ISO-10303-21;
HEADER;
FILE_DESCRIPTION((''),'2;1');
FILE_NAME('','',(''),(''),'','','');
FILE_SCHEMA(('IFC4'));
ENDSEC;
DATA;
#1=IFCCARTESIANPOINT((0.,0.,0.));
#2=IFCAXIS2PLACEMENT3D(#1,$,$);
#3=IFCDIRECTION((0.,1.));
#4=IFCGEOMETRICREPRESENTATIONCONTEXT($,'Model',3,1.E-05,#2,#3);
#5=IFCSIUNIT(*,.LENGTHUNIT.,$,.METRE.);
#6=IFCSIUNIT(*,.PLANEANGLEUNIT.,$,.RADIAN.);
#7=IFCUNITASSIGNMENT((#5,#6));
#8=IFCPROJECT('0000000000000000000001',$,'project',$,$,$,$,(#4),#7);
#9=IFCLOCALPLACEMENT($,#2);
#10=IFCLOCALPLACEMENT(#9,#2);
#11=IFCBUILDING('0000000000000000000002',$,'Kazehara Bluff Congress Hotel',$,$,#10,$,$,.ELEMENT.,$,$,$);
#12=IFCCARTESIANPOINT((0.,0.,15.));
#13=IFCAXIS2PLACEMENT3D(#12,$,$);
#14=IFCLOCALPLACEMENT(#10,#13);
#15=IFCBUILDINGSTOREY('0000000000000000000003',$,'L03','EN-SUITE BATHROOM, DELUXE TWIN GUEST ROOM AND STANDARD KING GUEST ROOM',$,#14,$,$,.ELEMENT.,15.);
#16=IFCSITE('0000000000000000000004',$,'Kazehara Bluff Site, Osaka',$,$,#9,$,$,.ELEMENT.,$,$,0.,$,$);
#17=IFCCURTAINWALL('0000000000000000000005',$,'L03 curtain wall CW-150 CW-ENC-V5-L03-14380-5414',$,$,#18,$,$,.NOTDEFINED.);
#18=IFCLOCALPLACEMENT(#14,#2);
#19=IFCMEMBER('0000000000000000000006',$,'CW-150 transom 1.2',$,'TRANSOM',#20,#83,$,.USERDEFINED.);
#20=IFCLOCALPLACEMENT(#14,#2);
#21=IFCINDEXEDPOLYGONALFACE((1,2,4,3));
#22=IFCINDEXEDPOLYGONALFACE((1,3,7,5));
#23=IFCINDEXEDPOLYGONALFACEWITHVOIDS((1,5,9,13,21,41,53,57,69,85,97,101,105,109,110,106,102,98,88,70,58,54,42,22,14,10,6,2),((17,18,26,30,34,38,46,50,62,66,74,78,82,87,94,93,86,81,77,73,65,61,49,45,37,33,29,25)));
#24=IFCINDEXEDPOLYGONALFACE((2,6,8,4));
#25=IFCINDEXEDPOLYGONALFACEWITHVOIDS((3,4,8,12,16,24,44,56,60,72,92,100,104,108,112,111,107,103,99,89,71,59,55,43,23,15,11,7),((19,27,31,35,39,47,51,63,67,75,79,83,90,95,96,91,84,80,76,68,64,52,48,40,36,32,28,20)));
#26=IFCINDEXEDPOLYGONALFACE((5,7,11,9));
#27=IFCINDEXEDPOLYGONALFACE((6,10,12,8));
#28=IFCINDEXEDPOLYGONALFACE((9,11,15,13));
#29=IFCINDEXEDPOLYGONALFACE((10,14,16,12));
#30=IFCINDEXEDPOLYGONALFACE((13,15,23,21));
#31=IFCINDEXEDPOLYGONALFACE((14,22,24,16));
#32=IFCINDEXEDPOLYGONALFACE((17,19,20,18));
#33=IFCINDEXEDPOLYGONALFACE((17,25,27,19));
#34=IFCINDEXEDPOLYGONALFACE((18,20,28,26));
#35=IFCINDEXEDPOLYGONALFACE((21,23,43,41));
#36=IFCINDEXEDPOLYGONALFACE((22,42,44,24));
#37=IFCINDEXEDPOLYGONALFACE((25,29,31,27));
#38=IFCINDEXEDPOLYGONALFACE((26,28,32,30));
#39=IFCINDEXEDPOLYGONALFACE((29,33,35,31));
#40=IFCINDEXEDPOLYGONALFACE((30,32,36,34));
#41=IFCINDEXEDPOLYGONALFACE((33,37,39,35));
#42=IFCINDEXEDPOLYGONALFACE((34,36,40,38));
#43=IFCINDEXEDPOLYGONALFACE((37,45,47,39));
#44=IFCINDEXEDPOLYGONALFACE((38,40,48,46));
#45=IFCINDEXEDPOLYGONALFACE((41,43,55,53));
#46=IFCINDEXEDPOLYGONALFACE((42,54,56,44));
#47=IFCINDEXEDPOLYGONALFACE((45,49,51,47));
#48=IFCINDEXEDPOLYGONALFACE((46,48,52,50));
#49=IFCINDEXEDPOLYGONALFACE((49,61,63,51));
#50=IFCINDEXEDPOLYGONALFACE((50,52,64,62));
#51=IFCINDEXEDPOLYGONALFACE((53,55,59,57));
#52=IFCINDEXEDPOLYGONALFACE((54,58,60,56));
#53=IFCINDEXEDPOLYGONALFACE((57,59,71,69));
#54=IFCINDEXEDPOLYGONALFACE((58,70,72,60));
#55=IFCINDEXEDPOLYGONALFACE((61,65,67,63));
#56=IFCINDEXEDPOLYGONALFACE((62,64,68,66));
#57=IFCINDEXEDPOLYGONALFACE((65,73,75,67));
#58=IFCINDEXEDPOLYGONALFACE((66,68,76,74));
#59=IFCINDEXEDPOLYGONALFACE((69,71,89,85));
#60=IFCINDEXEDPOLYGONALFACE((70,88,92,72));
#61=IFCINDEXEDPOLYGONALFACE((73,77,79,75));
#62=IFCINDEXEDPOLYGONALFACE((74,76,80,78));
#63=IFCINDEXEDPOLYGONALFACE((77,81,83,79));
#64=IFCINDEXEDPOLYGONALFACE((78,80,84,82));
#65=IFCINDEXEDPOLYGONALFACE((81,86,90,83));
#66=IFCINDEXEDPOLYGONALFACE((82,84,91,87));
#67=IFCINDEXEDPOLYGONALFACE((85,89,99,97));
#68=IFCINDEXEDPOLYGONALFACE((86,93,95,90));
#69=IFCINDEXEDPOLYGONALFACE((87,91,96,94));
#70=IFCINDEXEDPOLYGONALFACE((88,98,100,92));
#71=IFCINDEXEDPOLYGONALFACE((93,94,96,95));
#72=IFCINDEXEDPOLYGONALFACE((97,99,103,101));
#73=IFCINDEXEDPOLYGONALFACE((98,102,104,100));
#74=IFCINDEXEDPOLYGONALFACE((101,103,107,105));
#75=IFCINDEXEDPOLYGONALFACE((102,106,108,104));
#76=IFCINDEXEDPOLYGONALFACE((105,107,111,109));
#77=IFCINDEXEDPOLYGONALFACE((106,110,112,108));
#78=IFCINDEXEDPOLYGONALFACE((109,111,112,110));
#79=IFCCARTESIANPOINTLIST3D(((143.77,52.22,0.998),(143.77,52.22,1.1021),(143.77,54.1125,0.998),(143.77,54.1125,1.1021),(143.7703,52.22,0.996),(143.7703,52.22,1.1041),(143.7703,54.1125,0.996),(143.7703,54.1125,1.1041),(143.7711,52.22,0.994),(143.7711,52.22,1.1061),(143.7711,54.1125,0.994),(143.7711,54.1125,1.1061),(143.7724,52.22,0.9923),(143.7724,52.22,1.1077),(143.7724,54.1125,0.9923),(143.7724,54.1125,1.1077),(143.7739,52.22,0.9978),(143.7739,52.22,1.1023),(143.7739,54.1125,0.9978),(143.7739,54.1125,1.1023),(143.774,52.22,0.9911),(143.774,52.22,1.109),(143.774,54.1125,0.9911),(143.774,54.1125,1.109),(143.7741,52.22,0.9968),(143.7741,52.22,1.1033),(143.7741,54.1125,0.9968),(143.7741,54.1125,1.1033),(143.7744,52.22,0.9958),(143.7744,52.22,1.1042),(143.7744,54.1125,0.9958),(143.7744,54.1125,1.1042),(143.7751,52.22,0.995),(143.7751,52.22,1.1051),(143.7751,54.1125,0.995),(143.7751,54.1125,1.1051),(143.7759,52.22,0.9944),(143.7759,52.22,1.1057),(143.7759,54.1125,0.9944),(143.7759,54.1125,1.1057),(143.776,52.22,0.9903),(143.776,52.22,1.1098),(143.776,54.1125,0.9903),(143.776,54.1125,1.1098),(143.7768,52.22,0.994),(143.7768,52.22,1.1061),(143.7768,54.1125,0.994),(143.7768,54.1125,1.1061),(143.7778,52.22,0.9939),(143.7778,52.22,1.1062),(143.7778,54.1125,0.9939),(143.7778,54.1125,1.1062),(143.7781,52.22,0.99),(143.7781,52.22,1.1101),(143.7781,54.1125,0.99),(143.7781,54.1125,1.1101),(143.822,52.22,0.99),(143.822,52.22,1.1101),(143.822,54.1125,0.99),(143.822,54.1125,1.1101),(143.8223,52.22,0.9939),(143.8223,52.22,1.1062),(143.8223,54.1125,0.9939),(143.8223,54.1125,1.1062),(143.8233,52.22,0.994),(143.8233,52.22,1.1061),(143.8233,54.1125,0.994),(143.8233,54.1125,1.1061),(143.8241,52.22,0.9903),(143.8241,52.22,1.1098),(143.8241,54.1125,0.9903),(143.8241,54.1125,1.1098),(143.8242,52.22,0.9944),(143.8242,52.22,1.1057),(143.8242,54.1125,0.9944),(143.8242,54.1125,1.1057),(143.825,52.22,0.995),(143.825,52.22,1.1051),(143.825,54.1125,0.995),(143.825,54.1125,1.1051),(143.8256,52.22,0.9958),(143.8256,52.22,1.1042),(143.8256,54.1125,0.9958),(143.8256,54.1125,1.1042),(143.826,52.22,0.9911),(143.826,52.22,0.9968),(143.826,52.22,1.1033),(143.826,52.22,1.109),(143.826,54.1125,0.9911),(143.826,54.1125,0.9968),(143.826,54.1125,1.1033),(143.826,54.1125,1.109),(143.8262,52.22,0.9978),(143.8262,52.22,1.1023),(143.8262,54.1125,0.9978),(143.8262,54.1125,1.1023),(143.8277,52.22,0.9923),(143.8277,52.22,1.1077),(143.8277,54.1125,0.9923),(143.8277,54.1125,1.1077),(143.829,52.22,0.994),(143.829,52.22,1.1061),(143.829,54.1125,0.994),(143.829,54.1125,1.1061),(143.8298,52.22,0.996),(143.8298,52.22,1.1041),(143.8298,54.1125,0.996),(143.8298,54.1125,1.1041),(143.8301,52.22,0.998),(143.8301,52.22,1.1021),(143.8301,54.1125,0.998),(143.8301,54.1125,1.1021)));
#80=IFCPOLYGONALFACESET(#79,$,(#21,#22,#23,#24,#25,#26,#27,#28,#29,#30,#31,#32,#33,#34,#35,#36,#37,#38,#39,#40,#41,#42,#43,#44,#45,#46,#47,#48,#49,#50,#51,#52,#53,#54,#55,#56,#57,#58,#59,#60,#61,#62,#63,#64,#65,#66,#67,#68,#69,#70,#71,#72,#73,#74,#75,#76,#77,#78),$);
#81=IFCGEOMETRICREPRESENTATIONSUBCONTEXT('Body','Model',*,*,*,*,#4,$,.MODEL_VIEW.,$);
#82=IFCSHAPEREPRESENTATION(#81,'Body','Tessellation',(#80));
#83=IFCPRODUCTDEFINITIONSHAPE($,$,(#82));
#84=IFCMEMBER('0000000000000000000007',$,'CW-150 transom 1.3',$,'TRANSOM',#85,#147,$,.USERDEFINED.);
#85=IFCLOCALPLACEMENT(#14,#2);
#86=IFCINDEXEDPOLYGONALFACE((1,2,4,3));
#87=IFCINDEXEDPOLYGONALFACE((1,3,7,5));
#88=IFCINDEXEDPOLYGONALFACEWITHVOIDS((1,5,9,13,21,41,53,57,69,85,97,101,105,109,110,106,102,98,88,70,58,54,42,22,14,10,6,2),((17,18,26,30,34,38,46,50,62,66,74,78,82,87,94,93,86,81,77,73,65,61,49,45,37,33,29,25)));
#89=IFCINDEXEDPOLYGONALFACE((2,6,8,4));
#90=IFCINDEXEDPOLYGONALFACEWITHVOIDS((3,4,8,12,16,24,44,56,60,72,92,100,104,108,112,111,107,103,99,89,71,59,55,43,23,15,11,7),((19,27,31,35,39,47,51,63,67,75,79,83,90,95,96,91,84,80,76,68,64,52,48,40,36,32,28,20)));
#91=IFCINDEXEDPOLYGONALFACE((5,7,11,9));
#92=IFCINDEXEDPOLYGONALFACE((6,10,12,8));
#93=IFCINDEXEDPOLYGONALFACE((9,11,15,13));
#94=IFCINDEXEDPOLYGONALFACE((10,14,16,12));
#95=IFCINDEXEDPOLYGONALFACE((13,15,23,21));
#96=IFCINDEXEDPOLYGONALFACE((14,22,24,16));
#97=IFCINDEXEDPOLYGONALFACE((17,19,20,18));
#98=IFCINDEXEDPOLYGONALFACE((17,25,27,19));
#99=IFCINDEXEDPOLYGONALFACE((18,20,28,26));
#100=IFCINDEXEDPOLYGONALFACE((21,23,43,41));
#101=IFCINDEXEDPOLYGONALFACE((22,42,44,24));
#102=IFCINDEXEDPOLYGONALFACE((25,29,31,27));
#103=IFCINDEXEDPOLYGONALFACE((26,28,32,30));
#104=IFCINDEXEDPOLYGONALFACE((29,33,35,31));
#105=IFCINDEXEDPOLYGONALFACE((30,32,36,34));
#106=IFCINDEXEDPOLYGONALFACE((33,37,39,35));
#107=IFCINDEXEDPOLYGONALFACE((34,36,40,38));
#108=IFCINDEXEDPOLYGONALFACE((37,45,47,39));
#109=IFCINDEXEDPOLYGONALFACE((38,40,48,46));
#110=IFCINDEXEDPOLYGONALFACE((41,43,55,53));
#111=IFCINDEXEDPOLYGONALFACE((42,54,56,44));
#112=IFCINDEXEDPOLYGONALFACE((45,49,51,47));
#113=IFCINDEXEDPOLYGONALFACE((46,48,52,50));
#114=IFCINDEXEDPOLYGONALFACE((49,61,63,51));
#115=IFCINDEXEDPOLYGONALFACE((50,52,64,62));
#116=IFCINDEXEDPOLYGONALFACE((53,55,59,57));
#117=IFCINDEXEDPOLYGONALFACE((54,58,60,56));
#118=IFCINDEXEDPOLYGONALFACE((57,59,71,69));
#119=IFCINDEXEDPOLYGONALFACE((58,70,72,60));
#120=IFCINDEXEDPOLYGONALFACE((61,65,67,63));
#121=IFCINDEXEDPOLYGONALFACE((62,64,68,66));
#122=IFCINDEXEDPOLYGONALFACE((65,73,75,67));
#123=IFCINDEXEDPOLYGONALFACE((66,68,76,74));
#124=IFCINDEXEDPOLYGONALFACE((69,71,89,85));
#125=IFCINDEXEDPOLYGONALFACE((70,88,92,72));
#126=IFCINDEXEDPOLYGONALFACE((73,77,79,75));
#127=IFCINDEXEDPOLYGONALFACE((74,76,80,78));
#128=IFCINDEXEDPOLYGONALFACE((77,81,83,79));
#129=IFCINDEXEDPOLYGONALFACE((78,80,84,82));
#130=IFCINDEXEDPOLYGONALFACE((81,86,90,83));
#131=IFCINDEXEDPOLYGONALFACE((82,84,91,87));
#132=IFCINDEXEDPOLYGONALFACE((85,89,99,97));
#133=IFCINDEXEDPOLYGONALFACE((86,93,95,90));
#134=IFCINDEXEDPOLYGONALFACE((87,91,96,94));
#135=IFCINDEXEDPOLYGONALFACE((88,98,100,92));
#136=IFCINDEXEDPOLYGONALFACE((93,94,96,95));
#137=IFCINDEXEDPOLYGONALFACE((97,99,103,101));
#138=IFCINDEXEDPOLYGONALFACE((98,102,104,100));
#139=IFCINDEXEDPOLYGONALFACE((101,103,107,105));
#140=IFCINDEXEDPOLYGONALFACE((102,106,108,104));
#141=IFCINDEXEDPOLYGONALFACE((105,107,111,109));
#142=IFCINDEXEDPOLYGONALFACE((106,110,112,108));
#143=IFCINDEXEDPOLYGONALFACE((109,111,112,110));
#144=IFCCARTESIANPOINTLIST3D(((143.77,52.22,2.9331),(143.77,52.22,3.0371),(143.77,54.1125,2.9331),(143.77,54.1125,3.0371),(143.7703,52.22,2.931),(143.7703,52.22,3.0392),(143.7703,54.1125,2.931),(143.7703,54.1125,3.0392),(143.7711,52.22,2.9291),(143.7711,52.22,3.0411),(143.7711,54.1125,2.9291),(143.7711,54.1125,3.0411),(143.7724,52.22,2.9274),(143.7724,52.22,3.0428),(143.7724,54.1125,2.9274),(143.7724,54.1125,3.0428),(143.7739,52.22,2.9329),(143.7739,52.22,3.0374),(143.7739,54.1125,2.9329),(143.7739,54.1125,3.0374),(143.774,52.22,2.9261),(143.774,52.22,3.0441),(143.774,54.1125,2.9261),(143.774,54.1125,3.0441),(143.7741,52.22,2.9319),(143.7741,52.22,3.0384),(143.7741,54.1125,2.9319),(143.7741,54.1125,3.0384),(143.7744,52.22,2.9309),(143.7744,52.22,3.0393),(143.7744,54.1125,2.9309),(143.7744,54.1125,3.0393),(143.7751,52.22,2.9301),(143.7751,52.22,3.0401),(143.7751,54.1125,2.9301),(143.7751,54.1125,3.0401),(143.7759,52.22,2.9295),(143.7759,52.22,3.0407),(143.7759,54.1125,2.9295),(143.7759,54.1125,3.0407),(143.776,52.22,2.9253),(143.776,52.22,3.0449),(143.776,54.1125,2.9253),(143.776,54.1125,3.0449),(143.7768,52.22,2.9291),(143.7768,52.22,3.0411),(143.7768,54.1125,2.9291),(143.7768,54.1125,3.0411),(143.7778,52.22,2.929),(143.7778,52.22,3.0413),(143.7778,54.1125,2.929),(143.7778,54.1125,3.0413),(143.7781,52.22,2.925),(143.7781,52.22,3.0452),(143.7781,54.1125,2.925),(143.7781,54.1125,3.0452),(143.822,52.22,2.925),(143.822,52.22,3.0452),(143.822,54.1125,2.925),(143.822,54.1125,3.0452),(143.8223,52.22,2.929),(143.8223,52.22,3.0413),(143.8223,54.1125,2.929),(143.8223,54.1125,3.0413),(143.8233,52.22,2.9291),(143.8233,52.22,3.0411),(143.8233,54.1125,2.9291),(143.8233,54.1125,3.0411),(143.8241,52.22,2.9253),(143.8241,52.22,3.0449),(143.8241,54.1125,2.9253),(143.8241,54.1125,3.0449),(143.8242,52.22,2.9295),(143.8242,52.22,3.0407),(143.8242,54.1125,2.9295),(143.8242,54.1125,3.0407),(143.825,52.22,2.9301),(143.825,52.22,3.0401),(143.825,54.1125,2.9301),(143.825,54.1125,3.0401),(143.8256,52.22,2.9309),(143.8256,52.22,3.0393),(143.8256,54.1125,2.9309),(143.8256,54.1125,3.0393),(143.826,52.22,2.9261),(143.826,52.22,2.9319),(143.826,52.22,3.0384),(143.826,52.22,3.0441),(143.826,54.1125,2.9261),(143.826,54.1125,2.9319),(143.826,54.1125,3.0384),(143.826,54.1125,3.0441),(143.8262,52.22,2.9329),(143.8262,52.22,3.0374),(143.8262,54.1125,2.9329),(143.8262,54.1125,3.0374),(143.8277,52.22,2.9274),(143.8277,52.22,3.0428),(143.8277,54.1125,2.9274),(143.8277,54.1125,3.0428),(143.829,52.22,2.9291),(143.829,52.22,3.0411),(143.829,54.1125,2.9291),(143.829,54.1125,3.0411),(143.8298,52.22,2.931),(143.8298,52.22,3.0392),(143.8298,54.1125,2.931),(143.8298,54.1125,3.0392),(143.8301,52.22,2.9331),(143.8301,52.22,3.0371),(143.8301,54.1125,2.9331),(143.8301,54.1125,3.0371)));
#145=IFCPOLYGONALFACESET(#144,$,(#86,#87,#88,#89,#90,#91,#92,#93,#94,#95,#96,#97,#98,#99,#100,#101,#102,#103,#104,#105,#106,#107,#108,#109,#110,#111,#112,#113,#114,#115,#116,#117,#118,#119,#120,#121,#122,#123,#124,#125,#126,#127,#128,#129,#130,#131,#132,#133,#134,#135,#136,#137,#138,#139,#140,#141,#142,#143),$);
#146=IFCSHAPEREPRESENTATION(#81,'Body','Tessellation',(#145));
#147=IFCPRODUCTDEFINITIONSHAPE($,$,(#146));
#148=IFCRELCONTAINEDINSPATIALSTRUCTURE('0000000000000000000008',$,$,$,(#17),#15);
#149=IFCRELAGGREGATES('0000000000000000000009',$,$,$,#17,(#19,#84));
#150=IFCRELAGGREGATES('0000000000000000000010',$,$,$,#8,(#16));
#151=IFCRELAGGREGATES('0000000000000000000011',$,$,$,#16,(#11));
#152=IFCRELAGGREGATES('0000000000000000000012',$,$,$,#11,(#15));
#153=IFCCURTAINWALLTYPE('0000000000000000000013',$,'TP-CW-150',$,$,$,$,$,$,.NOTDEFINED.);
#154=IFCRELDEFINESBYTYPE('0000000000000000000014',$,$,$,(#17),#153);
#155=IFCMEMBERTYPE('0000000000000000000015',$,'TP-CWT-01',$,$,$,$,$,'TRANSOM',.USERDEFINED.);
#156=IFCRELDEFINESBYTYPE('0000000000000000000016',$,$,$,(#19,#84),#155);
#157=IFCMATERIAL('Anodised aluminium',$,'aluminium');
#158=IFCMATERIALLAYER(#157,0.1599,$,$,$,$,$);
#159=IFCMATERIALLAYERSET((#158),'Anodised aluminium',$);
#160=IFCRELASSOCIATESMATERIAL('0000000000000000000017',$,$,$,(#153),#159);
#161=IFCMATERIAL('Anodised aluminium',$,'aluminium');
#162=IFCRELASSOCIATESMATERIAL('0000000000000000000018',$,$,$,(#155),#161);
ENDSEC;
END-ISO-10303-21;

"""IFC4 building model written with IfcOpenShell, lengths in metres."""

from ifc_helpers import new_model, si_unit, direction, frame, origin, origin_2d, place, context, subcontext, project, spatial, hollow_rectangle, extrude, material, layer, layer_set, material_profile, profile_set, type_object, element, aggregate, save


model = new_model("IFC4")

# Units and contexts
model_context = context("Model", 3, precision=1e-05, world=origin(), true_north=direction((0.0, 1.0)))
body_context = subcontext(model_context, "Body", "Model", "MODEL_VIEW")
ifc_project = project(units=[si_unit("LENGTHUNIT", "METRE"), si_unit("PLANEANGLEUNIT", "RADIAN")], contexts=[model_context])

# Site, building, storey
site_placement = place(None, origin())
site = spatial("IfcSite", under=ifc_project, at=site_placement, Name="Kazehara Bluff Site, Osaka", CompositionType="ELEMENT", RefElevation=0.0)
building_placement = place(site_placement, origin())
building = spatial("IfcBuilding", under=site, at=building_placement, Name="Kazehara Bluff Congress Hotel", CompositionType="ELEMENT")
storey_placement = place(building_placement, frame((0.0, 0.0, 15.0)))
storey = spatial("IfcBuildingStorey", under=building, at=storey_placement, Name="L03", Description="EN-SUITE BATHROOM, DELUXE TWIN GUEST ROOM AND STANDARD KING GUEST ROOM", CompositionType="ELEMENT", Elevation=15.0)

# Curtain wall
ifc_material_1 = material(Name="Anodised aluminium", Category="aluminium")
ifc_layer_1 = layer(ifc_material_1, 0.1599)
ifc_layer_set_1 = layer_set([ifc_layer_1], Name="Anodised aluminium")
curtain_wall_type_1 = type_object("IfcCurtainWallType", Name="TP-CW-150", PredefinedType="NOTDEFINED", material=ifc_layer_set_1)
curtain_wall_1_placement = place(storey_placement, origin())
curtain_wall_1 = element("IfcCurtainWall", 1, at=curtain_wall_1_placement, inside=storey, type_object=curtain_wall_type_1, Name="L03 curtain wall CW-150 CW-ENC-V5-L03-14380-5414", PredefinedType="NOTDEFINED")

# Members
ifc_material_2 = material(Name="Anodised aluminium", Category="aluminium")
ifc_material_profile_1 = material_profile(ifc_material_2, hollow_rectangle(XDim=0.0601, YDim=0.1201, WallThickness=0.0039, InnerFilletRadius=0.0039, OuterFilletRadius=0.0081, at=origin_2d()))
ifc_profile_set_1 = profile_set([ifc_material_profile_1], Name="Anodised aluminium")
member_type_1 = type_object("IfcMemberType", Name="TP-CWT-01", ElementType="TRANSOM", PredefinedType="USERDEFINED", material=ifc_profile_set_1)
member_1_placement = place(storey_placement, frame((143.8, 52.22, 1.05), z_axis=(0.0, 1.0, 0.0), x_axis=(-1.0, 0.0, 0.0)))
member_1 = element("IfcMember", 2, at=member_1_placement, type_object=member_type_1, Name="CW-150 transom 1.2", ObjectType="TRANSOM", PredefinedType="USERDEFINED", context=body_context, shape_type="SweptSolid", body=[
    extrude(hollow_rectangle(XDim=0.0601, YDim=0.1201, WallThickness=0.0039, InnerFilletRadius=0.0039, OuterFilletRadius=0.0081, at=origin_2d()), origin(), (0.0, 0.0, 1.0), 1.8926),
])
member_2_placement = place(storey_placement, frame((143.8, 52.22, 2.9851), z_axis=(0.0, 1.0, 0.0), x_axis=(-1.0, 0.0, 0.0)))
member_2 = element("IfcMember", 3, at=member_2_placement, type_object=member_type_1, Name="CW-150 transom 1.3", ObjectType="TRANSOM", PredefinedType="USERDEFINED", context=body_context, shape_type="SweptSolid", body=[
    extrude(hollow_rectangle(XDim=0.0601, YDim=0.1201, WallThickness=0.0039, InnerFilletRadius=0.0039, OuterFilletRadius=0.0081, at=origin_2d()), origin(), (0.0, 0.0, 1.0), 1.8926),
])

aggregate(curtain_wall_1, [member_1, member_2])

save(model, "model.ifc")
